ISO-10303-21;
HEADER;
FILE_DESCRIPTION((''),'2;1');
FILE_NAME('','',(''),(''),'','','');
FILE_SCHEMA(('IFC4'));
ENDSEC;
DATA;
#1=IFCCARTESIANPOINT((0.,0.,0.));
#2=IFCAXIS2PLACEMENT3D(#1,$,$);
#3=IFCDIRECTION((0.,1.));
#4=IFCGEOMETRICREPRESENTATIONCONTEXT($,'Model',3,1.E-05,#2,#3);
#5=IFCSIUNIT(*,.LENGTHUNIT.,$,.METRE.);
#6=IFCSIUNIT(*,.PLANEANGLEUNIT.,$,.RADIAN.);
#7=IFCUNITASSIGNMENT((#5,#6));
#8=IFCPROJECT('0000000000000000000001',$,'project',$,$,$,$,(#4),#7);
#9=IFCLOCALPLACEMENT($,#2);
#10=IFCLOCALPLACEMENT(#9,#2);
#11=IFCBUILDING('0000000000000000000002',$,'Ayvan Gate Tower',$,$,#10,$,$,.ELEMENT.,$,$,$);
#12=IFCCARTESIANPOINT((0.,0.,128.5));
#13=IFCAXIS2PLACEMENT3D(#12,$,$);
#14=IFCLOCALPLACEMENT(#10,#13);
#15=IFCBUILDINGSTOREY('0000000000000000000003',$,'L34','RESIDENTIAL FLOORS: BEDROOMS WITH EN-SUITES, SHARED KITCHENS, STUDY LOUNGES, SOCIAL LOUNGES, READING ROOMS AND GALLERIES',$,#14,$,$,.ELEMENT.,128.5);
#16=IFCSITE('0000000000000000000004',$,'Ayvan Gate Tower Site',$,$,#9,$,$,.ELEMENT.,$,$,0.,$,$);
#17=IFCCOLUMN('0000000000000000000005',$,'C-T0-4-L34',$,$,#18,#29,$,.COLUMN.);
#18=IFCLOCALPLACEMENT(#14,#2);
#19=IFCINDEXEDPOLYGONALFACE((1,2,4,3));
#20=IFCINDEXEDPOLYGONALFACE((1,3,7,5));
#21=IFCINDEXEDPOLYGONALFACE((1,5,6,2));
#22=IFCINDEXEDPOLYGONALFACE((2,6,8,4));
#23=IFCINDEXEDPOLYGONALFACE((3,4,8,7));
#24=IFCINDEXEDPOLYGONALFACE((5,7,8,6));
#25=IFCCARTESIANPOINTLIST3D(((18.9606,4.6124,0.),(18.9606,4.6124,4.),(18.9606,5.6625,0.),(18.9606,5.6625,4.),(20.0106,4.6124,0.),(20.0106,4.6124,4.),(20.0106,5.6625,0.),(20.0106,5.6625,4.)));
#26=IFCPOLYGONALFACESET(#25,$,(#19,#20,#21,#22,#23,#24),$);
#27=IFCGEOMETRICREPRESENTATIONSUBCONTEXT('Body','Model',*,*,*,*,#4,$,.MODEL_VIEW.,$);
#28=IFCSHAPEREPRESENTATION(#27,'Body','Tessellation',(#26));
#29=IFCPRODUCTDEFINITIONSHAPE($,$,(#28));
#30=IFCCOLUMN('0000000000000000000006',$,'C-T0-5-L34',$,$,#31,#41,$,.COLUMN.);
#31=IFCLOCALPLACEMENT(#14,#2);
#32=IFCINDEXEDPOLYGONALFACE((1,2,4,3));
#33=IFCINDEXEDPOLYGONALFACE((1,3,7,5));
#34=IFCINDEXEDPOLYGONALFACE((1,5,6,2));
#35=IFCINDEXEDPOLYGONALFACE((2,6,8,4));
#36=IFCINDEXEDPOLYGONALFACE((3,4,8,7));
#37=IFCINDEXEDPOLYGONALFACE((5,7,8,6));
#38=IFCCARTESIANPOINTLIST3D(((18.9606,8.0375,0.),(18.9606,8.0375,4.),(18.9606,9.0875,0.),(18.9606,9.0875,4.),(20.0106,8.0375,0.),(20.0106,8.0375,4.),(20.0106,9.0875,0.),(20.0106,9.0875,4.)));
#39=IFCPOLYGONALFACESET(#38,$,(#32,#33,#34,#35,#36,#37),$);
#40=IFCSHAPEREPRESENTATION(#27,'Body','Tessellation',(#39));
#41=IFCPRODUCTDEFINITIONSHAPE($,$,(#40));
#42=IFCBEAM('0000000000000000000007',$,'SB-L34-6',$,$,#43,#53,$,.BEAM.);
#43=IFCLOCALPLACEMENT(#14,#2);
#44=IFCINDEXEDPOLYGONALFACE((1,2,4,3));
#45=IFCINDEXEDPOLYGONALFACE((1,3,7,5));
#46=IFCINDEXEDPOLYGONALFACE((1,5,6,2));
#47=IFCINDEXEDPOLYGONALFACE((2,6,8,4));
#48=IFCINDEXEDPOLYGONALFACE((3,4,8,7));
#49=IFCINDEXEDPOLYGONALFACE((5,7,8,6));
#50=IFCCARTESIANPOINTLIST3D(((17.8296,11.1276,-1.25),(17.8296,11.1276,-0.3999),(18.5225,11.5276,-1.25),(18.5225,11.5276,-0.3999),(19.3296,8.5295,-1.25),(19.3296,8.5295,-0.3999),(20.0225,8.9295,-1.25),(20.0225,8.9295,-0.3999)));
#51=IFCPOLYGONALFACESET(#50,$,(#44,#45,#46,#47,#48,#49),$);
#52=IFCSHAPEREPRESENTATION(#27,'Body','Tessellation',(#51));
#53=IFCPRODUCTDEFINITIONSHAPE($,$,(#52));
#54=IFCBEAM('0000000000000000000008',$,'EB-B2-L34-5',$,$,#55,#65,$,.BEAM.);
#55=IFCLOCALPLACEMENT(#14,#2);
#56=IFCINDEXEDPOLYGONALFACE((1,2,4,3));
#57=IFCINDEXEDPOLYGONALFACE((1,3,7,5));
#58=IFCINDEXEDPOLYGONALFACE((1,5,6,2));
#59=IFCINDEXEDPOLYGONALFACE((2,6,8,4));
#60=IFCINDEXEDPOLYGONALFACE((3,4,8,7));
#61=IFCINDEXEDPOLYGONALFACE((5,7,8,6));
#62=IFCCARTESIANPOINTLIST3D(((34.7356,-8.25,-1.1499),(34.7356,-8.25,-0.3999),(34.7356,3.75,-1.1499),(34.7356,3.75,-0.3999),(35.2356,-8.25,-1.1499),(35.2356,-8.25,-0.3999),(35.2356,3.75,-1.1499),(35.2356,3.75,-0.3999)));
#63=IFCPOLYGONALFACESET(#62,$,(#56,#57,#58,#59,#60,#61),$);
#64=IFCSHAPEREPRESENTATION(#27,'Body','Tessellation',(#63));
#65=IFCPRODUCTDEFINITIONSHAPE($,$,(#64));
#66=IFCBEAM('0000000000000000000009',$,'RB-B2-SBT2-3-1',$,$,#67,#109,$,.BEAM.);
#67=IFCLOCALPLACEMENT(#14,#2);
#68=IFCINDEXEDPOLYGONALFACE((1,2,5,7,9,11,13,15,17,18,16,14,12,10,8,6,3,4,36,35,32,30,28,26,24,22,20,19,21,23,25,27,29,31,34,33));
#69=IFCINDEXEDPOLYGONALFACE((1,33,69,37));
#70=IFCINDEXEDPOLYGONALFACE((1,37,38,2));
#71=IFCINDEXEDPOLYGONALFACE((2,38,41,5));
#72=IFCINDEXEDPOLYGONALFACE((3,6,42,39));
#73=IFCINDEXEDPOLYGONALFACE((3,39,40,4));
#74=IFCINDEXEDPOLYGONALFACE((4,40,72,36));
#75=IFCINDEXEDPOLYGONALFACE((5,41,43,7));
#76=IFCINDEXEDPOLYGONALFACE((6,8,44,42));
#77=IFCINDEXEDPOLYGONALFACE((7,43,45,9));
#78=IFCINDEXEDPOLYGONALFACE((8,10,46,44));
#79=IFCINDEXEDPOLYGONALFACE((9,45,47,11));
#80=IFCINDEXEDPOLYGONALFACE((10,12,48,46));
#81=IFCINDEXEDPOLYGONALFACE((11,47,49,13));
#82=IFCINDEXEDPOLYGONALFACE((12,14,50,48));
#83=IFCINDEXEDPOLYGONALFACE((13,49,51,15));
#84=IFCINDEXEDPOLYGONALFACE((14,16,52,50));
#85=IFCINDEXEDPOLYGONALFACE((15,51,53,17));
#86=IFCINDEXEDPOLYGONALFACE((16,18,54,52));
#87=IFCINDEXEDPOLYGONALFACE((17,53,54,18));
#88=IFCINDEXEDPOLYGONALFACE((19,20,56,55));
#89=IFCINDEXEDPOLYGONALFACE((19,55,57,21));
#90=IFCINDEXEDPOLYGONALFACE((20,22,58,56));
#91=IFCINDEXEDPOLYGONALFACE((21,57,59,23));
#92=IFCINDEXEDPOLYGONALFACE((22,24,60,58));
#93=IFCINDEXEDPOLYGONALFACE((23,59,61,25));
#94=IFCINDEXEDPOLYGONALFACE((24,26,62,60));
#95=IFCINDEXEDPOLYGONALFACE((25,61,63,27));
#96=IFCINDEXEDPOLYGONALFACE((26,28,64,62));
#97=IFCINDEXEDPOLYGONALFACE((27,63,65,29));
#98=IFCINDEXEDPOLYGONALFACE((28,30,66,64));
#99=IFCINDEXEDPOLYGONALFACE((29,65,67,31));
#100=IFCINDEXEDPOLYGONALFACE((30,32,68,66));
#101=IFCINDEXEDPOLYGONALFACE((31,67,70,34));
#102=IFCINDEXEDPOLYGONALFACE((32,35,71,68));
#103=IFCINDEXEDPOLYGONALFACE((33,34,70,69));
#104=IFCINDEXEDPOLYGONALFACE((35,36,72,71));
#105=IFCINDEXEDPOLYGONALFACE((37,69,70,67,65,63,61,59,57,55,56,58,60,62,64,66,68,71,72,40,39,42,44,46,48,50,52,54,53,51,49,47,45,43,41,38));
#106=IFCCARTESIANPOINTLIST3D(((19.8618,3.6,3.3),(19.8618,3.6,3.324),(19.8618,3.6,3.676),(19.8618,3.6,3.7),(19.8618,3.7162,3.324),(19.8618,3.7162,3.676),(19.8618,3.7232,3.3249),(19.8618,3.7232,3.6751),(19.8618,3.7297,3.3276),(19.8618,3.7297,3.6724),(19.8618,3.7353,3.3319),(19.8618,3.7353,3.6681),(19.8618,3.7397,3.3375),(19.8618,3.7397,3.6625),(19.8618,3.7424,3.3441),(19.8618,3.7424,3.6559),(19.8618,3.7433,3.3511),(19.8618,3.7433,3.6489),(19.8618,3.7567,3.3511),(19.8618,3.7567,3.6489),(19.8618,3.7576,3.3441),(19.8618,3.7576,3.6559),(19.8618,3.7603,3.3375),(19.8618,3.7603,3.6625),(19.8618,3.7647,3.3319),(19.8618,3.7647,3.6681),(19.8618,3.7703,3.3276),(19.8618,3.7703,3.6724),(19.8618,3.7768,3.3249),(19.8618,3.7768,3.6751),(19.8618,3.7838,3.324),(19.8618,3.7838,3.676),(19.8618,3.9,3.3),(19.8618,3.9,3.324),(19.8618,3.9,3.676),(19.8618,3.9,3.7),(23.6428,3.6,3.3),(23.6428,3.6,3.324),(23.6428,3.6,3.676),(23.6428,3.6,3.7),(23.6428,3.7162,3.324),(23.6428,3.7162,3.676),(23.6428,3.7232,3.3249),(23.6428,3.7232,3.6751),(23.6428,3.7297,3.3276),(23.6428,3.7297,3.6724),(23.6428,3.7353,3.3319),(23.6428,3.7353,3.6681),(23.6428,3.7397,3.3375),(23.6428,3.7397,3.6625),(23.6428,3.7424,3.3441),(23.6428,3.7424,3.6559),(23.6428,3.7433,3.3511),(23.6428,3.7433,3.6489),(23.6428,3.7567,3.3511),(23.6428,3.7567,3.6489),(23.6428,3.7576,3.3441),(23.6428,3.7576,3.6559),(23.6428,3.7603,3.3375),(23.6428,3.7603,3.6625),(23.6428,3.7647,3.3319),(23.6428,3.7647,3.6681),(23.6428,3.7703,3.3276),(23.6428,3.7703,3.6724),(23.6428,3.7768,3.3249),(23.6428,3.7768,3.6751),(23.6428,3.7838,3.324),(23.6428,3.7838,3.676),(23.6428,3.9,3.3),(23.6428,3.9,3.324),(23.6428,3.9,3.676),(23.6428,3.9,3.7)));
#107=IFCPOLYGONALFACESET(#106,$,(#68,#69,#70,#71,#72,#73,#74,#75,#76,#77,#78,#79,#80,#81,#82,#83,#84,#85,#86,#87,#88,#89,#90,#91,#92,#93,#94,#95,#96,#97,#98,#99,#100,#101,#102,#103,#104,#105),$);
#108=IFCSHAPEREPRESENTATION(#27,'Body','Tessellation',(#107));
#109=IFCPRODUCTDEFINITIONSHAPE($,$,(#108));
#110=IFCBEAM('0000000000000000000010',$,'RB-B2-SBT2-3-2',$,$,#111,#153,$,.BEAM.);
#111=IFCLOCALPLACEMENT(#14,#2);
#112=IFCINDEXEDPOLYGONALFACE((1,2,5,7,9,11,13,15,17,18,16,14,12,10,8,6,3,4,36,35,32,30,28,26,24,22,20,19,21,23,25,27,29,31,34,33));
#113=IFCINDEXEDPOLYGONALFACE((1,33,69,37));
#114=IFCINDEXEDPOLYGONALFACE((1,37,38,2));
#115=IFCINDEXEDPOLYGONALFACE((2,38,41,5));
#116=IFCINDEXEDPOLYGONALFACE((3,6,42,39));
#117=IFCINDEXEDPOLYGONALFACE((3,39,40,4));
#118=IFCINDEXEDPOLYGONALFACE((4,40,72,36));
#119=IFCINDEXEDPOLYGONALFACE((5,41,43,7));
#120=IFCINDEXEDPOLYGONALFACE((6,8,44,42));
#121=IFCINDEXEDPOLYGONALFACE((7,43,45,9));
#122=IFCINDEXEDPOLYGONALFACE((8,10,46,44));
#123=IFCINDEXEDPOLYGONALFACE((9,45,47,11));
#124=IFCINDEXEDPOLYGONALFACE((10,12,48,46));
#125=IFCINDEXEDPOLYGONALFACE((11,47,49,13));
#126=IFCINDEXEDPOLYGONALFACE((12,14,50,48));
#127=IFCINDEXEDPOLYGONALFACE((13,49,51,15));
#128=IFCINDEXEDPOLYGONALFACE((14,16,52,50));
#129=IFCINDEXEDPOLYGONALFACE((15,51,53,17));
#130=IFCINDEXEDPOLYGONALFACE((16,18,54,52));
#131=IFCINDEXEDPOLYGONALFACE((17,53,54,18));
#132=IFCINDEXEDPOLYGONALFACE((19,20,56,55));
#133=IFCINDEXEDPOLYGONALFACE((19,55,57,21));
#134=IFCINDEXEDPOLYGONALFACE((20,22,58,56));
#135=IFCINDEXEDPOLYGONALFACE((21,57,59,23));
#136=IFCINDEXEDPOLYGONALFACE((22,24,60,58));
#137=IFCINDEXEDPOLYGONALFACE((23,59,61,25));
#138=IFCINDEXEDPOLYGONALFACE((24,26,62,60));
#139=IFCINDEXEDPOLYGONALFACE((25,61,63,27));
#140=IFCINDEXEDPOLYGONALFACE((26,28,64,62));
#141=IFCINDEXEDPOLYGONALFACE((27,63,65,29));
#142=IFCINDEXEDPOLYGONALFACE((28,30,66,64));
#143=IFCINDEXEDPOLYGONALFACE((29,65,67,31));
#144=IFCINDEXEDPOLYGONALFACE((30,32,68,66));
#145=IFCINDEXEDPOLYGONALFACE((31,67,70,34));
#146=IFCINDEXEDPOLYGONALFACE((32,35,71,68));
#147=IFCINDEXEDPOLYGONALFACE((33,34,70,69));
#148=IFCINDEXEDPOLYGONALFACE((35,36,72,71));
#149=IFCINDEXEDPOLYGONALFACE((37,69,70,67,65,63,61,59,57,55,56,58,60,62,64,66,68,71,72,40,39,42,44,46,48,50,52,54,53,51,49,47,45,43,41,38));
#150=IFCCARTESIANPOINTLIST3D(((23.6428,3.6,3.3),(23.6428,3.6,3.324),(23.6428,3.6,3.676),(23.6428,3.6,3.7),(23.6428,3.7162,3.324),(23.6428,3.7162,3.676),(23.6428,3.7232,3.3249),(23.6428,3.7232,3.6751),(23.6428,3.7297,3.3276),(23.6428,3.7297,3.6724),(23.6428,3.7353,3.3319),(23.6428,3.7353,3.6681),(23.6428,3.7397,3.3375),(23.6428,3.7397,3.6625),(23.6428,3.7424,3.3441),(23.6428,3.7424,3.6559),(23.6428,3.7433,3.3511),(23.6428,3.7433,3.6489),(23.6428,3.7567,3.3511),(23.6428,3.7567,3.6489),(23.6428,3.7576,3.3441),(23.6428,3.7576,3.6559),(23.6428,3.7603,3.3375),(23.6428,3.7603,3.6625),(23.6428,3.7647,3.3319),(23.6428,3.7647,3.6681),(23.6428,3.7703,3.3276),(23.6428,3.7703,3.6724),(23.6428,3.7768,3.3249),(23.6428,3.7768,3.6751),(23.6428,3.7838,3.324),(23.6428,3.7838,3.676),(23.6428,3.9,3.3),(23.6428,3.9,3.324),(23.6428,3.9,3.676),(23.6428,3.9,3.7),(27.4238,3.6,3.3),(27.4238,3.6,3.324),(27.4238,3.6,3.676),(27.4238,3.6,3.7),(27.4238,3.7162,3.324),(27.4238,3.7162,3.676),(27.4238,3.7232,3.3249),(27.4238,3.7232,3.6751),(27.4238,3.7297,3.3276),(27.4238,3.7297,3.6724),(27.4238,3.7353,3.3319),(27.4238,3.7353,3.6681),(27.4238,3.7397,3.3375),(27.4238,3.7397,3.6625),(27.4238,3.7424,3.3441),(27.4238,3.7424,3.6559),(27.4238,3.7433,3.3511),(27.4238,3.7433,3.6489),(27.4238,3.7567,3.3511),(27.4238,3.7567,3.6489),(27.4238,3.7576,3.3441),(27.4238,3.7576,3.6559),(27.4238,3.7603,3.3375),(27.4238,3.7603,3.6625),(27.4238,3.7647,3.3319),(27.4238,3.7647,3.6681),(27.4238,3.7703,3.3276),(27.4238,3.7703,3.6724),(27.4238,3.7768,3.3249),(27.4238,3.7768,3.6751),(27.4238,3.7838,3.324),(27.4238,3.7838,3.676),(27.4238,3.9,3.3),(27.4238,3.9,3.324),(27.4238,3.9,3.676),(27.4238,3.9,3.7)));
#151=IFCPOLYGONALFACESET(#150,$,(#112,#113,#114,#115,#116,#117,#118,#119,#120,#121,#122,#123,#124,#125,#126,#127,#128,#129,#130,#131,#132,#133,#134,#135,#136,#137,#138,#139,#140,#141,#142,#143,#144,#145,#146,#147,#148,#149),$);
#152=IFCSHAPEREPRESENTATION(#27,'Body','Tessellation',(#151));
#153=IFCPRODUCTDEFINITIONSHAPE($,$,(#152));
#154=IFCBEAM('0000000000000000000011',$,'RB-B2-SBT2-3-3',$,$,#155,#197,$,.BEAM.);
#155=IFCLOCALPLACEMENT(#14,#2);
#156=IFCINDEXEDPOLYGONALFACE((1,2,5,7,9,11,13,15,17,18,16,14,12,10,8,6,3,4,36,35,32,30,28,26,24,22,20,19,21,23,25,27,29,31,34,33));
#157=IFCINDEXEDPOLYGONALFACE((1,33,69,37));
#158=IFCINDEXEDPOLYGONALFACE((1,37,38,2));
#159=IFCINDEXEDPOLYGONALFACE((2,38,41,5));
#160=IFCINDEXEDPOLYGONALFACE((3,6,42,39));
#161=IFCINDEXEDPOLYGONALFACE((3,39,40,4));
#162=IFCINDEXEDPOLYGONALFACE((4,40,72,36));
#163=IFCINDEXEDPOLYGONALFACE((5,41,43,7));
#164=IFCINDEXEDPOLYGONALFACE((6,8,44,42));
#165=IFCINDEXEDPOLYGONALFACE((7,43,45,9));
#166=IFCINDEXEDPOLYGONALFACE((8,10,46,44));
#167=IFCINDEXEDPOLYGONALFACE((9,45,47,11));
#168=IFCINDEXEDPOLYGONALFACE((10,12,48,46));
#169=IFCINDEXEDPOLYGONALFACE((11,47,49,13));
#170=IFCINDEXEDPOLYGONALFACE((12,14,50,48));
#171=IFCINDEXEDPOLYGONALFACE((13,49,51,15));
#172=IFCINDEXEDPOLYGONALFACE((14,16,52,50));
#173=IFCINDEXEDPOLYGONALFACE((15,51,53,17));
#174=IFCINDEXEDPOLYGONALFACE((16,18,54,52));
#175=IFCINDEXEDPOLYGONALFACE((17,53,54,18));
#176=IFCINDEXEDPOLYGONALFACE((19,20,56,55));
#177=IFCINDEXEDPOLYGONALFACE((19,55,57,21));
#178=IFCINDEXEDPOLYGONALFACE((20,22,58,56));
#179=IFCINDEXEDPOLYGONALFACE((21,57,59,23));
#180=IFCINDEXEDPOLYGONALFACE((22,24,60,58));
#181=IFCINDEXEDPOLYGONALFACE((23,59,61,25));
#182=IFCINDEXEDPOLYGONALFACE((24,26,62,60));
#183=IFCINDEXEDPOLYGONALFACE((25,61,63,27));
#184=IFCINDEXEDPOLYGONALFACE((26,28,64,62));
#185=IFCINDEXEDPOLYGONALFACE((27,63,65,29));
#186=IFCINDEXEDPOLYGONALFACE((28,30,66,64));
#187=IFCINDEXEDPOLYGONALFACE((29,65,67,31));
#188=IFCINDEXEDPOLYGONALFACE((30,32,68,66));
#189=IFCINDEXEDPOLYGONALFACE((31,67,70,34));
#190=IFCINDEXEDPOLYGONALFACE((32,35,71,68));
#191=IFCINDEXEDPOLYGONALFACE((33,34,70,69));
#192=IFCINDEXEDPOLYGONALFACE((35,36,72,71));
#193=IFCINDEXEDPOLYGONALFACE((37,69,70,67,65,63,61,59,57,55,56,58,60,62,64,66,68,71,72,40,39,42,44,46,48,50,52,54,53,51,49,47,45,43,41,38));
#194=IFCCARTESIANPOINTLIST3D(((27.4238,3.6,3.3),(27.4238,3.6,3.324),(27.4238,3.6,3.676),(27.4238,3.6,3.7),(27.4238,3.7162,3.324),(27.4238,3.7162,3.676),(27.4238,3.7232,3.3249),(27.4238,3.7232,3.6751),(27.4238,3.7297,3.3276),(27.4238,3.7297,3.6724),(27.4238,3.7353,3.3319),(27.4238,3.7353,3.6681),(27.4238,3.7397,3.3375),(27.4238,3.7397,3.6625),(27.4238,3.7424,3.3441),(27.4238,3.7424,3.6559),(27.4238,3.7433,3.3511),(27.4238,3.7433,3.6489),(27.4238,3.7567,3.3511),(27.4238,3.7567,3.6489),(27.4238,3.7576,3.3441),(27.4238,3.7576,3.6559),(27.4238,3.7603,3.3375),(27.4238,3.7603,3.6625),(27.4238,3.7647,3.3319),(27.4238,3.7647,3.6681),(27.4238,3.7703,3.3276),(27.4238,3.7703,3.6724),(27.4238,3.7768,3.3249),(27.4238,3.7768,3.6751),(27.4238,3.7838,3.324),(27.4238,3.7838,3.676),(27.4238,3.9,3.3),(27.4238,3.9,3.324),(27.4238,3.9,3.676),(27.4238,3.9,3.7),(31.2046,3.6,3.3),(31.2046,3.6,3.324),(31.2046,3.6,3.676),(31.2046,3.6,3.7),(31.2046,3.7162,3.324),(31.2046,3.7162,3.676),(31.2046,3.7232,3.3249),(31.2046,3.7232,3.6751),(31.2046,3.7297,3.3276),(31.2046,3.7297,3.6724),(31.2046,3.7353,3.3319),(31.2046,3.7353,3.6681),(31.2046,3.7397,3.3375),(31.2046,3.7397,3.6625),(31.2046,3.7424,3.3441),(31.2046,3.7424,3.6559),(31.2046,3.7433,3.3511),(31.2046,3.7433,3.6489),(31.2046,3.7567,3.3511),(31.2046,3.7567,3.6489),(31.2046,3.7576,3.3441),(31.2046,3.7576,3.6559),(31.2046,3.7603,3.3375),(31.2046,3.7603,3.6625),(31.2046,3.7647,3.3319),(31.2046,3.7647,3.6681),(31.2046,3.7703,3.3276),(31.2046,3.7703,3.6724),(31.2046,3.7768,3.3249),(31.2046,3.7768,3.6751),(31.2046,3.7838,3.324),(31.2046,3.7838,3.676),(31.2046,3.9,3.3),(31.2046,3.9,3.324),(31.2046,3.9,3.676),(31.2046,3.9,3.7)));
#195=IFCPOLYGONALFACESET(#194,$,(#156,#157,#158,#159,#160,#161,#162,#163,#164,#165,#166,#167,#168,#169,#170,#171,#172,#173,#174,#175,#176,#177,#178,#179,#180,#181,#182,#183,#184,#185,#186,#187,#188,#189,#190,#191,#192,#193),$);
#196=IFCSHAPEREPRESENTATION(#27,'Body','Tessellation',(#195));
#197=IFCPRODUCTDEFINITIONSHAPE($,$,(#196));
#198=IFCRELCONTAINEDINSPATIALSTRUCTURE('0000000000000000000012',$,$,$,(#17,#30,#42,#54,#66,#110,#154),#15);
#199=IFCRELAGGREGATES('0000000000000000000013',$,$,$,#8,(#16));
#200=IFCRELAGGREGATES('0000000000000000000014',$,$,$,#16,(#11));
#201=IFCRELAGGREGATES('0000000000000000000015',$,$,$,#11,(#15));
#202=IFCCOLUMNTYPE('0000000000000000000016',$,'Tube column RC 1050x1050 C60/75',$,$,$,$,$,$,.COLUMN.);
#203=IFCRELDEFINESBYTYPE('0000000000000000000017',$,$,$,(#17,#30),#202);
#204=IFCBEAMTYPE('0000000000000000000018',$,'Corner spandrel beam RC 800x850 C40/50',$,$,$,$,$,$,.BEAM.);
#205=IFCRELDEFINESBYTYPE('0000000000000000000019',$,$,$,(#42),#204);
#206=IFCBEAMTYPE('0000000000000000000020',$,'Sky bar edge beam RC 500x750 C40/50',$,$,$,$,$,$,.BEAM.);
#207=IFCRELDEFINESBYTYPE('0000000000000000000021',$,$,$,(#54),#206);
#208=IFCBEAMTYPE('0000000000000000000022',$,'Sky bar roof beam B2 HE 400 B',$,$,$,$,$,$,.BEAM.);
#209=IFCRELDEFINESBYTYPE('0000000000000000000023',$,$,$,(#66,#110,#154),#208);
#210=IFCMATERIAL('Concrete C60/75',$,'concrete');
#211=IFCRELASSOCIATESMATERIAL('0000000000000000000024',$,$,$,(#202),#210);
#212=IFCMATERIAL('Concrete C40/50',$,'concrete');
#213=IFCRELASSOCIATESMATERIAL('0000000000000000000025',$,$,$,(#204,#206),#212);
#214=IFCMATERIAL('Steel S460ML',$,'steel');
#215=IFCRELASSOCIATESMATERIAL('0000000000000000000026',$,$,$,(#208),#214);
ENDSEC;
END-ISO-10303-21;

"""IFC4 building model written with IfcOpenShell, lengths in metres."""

from ifc_helpers import new_model, si_unit, direction, frame, origin, origin_2d, place, context, subcontext, project, spatial, rectangle, i_section, extrude, material, material_profile, profile_set, type_object, element, save


model = new_model("IFC4")

# Units and contexts
model_context = context("Model", 3, precision=1e-05, world=origin(), true_north=direction((0.0, 1.0)))
body_context = subcontext(model_context, "Body", "Model", "MODEL_VIEW")
ifc_project = project(units=[si_unit("LENGTHUNIT", "METRE"), si_unit("PLANEANGLEUNIT", "RADIAN")], contexts=[model_context])

# Site, building, storey
site_placement = place(None, origin())
site = spatial("IfcSite", under=ifc_project, at=site_placement, Name="Ayvan Gate Tower Site", CompositionType="ELEMENT", RefElevation=0.0)
building_placement = place(site_placement, origin())
building = spatial("IfcBuilding", under=site, at=building_placement, Name="Ayvan Gate Tower", CompositionType="ELEMENT")
storey_placement = place(building_placement, frame((0.0, 0.0, 128.5)))
storey = spatial("IfcBuildingStorey", under=building, at=storey_placement, Name="L34", Description="RESIDENTIAL FLOORS: BEDROOMS WITH EN-SUITES, SHARED KITCHENS, STUDY LOUNGES, SOCIAL LOUNGES, READING ROOMS AND GALLERIES", CompositionType="ELEMENT", Elevation=128.5)

# Columns
ifc_material_1 = material(Name="Concrete C60/75", Category="concrete")
ifc_material_profile_1 = material_profile(ifc_material_1, rectangle(XDim=1.05, YDim=1.05, at=origin_2d()), Name="RC 1050x1050")
ifc_profile_set_1 = profile_set([ifc_material_profile_1], Name="Concrete C60/75")
column_type = type_object("IfcColumnType", Name="Tube column RC 1050x1050 C60/75", PredefinedType="COLUMN", material=ifc_profile_set_1)
for number, where, z_axis, x_axis, name in (
    (1, (19.4856, 5.1375, 0.0), (0.0, 0.0, 1.0), (1.0, 0.0, 0.0), "C-T0-4-L34"),
    (2, (19.4856, 8.5625, 0.0), (0.0, 0.0, 1.0), (1.0, 0.0, 0.0), "C-T0-5-L34"),
):
    element("IfcColumn", number, at=place(storey_placement, frame(where, z_axis=z_axis, x_axis=x_axis)), inside=storey, type_object=column_type, Name=name, PredefinedType="COLUMN", context=body_context, shape_type="SweptSolid", body=[
        extrude(rectangle(XDim=1.05, YDim=1.05, at=origin_2d()), origin(), (0.0, 0.0, 1.0), 4.0),
    ])

# Beams
ifc_material_2 = material(Name="Concrete C40/50", Category="concrete")
ifc_material_profile_2 = material_profile(ifc_material_2, rectangle(XDim=0.8, YDim=0.8501, at=origin_2d()), Name="RC 800x850")
ifc_profile_set_2 = profile_set([ifc_material_profile_2], Name="Concrete C40/50")
beam_type_1 = type_object("IfcBeamType", Name="Corner spandrel beam RC 800x850 C40/50", PredefinedType="BEAM", material=ifc_profile_set_2)
beam_1_placement = place(storey_placement, frame((19.676, 8.7295, -0.825), z_axis=(-0.49999, 0.866031, 0.0), x_axis=(-0.866031, -0.49999, 0.0)))
element("IfcBeam", 3, at=beam_1_placement, inside=storey, type_object=beam_type_1, Name="SB-L34-6", PredefinedType="BEAM", context=body_context, shape_type="SweptSolid", body=[
    extrude(rectangle(XDim=0.8, YDim=0.8501, at=origin_2d()), origin(), (0.0, 0.0, 1.0), 3.0),
])
ifc_material_profile_3 = material_profile(ifc_material_2, rectangle(XDim=0.5, YDim=0.75, at=origin_2d()), Name="RC 500x750")
ifc_profile_set_3 = profile_set([ifc_material_profile_3], Name="Concrete C40/50")
beam_type_2 = type_object("IfcBeamType", Name="Sky bar edge beam RC 500x750 C40/50", PredefinedType="BEAM", material=ifc_profile_set_3)
beam_2_placement = place(storey_placement, frame((34.9856, 3.75, -0.7749), z_axis=(0.0, -1.0, 0.0), x_axis=(1.0, 0.0, 0.0)))
element("IfcBeam", 4, at=beam_2_placement, inside=storey, type_object=beam_type_2, Name="EB-B2-L34-5", PredefinedType="BEAM", context=body_context, shape_type="SweptSolid", body=[
    extrude(rectangle(XDim=0.5, YDim=0.75, at=origin_2d()), origin(), (0.0, 0.0, 1.0), 12.0),
])
ifc_material_3 = material(Name="Steel S460ML", Category="steel")
ifc_material_profile_4 = material_profile(ifc_material_3, i_section(OverallWidth=0.3, OverallDepth=0.3999, WebThickness=0.0134, FlangeThickness=0.0239, FilletRadius=0.0271, at=origin_2d()), Name="HE 400 B")
ifc_profile_set_4 = profile_set([ifc_material_profile_4], Name="Steel S460ML")
beam_type_3 = type_object("IfcBeamType", Name="Sky bar roof beam B2 HE 400 B", PredefinedType="BEAM", material=ifc_profile_set_4)
for number, where, z_axis, x_axis, name in (
    (5, (19.8618, 3.75, 3.5), (1.0, 0.0, 0.0), (0.0, 1.0, 0.0), "RB-B2-SBT2-3-1"),
    (6, (23.6428, 3.75, 3.5), (1.0, 0.0, 0.0), (0.0, 1.0, 0.0), "RB-B2-SBT2-3-2"),
):
    element("IfcBeam", number, at=place(storey_placement, frame(where, z_axis=z_axis, x_axis=x_axis)), inside=storey, type_object=beam_type_3, Name=name, PredefinedType="BEAM", context=body_context, shape_type="SweptSolid", body=[
        extrude(i_section(OverallWidth=0.3, OverallDepth=0.3999, WebThickness=0.0134, FlangeThickness=0.0239, FilletRadius=0.0271, at=origin_2d()), origin(), (0.0, 0.0, 1.0), 3.781),
    ])
beam_3_placement = place(storey_placement, frame((27.4238, 3.75, 3.5), z_axis=(1.0, 0.0, 0.0), x_axis=(0.0, 1.0, 0.0)))
element("IfcBeam", 7, at=beam_3_placement, inside=storey, type_object=beam_type_3, Name="RB-B2-SBT2-3-3", PredefinedType="BEAM", context=body_context, shape_type="SweptSolid", body=[
    extrude(i_section(OverallWidth=0.3, OverallDepth=0.3999, WebThickness=0.0134, FlangeThickness=0.0239, FilletRadius=0.0271, at=origin_2d()), origin(), (0.0, 0.0, 1.0), 3.7808),
])

save(model, "model.ifc")
